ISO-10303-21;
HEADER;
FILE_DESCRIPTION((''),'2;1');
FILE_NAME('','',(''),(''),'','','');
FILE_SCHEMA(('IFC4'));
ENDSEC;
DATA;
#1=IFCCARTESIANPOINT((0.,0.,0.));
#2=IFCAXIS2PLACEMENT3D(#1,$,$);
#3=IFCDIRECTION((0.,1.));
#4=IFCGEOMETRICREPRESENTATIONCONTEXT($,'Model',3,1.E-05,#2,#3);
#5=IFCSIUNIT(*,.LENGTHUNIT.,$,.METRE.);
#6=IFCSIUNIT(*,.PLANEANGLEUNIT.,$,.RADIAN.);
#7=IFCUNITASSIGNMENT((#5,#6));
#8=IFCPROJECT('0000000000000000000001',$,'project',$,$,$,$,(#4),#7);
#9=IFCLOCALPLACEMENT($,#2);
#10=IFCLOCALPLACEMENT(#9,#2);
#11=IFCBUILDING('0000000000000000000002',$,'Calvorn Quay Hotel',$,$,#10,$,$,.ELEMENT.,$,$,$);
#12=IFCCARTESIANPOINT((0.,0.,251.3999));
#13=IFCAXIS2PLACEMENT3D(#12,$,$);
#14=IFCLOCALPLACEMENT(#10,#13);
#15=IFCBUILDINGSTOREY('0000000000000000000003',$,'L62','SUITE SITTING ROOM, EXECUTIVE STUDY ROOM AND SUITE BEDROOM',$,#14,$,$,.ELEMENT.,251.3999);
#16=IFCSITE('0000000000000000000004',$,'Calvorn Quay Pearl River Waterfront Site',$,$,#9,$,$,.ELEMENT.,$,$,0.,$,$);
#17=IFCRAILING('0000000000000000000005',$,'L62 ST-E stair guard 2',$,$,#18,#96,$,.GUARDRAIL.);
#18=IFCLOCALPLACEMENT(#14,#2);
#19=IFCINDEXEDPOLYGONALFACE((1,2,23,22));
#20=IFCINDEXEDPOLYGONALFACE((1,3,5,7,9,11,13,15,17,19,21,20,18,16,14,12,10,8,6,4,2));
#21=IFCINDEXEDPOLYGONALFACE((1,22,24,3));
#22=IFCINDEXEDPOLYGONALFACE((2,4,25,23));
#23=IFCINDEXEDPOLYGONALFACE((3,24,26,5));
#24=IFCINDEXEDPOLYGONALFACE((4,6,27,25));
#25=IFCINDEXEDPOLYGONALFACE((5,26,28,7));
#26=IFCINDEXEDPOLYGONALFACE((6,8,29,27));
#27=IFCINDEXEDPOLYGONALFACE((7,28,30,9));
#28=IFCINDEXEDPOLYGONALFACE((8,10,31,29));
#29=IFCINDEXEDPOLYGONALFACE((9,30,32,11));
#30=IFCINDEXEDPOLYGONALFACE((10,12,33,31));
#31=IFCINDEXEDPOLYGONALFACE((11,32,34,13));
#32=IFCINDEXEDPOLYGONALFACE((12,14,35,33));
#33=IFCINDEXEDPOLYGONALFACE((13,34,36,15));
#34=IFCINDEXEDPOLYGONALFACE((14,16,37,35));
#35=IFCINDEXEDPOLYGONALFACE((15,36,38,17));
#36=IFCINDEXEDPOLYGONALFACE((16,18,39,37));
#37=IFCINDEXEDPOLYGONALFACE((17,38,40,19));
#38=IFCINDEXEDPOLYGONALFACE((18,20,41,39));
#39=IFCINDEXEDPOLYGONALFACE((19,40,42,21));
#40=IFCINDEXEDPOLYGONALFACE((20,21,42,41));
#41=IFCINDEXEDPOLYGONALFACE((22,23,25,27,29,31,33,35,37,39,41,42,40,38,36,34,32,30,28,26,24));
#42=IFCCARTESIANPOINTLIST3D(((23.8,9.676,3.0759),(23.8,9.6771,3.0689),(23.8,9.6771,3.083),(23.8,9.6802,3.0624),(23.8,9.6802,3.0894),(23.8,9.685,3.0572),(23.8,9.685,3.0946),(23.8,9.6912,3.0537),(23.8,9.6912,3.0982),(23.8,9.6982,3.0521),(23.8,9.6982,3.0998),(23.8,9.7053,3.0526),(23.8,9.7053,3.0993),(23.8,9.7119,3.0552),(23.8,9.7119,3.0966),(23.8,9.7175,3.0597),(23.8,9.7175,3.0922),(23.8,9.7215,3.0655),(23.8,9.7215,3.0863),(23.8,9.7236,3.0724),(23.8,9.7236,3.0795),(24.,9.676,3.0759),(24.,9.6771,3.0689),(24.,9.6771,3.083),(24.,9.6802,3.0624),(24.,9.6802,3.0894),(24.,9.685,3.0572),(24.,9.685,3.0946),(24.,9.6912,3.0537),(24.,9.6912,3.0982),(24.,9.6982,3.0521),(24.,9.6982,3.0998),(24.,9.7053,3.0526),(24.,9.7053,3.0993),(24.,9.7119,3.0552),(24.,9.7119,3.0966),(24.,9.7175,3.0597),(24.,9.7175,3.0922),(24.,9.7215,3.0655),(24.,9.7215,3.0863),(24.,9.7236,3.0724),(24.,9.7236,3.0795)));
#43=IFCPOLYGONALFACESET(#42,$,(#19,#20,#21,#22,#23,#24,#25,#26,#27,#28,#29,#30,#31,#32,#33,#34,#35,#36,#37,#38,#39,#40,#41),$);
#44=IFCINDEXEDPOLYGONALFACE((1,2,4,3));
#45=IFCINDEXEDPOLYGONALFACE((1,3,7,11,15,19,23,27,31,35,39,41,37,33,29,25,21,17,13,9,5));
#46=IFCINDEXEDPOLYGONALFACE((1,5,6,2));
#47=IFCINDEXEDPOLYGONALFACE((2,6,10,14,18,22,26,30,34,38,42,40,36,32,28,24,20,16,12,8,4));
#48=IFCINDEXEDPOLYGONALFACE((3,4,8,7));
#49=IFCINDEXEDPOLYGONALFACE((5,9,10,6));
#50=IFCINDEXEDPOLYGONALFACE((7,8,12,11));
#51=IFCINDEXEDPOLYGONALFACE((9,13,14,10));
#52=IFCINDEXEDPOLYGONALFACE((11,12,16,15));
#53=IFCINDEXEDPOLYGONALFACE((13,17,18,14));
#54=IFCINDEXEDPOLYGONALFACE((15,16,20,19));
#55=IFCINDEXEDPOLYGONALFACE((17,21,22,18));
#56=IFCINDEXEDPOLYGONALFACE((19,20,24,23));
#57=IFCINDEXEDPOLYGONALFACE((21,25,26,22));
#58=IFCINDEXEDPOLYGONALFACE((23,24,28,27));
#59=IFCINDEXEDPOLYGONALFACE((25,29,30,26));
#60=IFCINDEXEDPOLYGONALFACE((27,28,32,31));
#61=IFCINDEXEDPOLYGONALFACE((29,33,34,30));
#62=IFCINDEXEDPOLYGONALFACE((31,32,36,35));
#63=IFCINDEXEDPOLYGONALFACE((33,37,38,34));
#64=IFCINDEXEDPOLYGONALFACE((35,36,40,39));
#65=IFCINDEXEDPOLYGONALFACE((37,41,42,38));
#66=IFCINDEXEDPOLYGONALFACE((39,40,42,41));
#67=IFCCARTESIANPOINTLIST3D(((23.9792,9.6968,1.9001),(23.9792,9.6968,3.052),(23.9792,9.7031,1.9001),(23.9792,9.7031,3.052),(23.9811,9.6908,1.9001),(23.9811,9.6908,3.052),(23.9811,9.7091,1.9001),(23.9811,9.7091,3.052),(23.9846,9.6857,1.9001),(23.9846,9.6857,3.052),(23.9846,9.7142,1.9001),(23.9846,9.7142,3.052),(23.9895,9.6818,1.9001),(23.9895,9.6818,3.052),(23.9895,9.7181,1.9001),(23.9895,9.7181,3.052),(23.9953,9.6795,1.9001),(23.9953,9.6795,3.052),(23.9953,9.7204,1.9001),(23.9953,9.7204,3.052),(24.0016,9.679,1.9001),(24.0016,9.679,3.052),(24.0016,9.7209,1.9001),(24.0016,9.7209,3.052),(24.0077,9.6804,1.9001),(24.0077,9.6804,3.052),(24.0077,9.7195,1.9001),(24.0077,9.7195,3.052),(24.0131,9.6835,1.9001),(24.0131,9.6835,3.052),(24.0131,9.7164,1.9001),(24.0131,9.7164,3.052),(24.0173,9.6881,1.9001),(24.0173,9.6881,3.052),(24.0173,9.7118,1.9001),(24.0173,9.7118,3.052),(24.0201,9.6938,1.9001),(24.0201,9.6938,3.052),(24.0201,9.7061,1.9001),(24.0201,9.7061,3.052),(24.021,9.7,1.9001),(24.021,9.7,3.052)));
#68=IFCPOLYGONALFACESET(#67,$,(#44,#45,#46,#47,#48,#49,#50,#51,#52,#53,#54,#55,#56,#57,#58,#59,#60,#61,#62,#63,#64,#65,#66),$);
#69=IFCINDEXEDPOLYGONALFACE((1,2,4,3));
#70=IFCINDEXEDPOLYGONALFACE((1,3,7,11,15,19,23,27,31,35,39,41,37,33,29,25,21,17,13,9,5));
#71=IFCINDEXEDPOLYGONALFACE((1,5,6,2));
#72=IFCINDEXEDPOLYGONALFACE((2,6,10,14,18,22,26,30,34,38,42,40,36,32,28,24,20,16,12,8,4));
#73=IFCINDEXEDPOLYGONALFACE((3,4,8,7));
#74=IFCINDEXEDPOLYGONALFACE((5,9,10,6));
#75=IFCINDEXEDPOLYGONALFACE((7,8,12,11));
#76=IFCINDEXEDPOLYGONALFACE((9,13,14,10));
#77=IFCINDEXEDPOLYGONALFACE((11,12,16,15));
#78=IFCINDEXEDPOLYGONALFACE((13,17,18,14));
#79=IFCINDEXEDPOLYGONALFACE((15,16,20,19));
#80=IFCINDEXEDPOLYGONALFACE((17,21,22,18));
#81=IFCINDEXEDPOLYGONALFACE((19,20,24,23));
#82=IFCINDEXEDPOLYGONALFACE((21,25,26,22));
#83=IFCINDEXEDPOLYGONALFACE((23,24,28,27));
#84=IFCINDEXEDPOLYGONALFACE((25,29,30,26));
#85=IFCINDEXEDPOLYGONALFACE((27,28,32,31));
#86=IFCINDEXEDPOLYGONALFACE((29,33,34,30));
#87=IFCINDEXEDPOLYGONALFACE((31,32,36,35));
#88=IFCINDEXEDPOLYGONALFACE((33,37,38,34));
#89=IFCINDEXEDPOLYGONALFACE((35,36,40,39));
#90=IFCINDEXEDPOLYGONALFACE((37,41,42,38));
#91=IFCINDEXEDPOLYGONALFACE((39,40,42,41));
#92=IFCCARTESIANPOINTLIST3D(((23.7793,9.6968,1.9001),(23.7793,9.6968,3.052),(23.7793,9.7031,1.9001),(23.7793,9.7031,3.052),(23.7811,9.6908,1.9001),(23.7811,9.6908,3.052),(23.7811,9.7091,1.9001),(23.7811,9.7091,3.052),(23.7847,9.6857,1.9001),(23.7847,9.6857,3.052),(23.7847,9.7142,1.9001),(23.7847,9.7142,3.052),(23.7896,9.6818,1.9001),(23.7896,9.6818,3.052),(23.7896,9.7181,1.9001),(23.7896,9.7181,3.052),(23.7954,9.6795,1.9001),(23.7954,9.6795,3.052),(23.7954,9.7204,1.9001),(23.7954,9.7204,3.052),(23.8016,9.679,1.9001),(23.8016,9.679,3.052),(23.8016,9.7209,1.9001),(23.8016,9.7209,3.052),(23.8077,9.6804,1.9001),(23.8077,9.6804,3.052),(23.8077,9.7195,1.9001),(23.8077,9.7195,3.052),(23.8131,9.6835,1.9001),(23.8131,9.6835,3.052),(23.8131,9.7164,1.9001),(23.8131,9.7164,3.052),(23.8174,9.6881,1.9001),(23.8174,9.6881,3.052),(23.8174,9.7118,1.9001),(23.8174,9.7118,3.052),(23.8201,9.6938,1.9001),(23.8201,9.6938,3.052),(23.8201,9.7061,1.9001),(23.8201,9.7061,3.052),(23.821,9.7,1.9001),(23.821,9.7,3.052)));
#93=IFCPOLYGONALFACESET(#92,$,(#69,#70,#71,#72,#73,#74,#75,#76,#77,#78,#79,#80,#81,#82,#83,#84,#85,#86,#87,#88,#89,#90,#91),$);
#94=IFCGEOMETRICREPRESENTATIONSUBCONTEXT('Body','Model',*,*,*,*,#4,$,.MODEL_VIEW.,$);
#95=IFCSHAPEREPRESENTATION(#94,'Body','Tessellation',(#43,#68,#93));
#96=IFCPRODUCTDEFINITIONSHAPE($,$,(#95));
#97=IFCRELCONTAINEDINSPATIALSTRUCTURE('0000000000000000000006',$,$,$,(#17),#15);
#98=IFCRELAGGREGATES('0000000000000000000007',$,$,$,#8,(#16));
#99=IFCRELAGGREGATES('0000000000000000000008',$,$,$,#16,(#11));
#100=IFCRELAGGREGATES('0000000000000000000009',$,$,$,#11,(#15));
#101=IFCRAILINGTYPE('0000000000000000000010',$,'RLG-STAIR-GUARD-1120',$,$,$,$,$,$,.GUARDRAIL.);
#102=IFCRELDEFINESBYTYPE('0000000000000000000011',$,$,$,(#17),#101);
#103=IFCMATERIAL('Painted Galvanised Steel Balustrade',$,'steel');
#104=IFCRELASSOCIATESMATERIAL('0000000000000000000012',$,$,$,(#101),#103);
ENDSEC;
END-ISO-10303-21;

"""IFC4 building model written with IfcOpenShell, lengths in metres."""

from ifc_helpers import new_model, si_unit, direction, frame, origin, origin_2d, place, context, subcontext, project, spatial, circle, extrude, material, type_object, element, save


model = new_model("IFC4")

# Units and contexts
model_context = context("Model", 3, precision=1e-05, world=origin(), true_north=direction((0.0, 1.0)))
body_context = subcontext(model_context, "Body", "Model", "MODEL_VIEW")
ifc_project = project(units=[si_unit("LENGTHUNIT", "METRE"), si_unit("PLANEANGLEUNIT", "RADIAN")], contexts=[model_context])

# Site, building, storey
site_placement = place(None, origin())
site = spatial("IfcSite", under=ifc_project, at=site_placement, Name="Calvorn Quay Pearl River Waterfront Site", CompositionType="ELEMENT", RefElevation=0.0)
building_placement = place(site_placement, origin())
building = spatial("IfcBuilding", under=site, at=building_placement, Name="Calvorn Quay Hotel", CompositionType="ELEMENT")
storey_placement = place(building_placement, frame((0.0, 0.0, 251.3999)))
storey = spatial("IfcBuildingStorey", under=building, at=storey_placement, Name="L62", Description="SUITE SITTING ROOM, EXECUTIVE STUDY ROOM AND SUITE BEDROOM", CompositionType="ELEMENT", Elevation=251.3999)

# Railing
ifc_material_1 = material(Name="Painted Galvanised Steel Balustrade", Category="steel")
railing_type_1 = type_object("IfcRailingType", Name="RLG-STAIR-GUARD-1120", PredefinedType="GUARDRAIL", material=ifc_material_1)
railing_1_placement = place(storey_placement, frame((24.0, 9.7, 1.9001)))
element("IfcRailing", 1, at=railing_1_placement, inside=storey, type_object=railing_type_1, Name="L62 ST-E stair guard 2", PredefinedType="GUARDRAIL", context=body_context, shape_type="SweptSolid", body=[
    extrude(circle(Radius=0.0239, at=origin_2d()), frame((0.0, 0.0, 1.1758), z_axis=(-1.0, 0.0, 0.0), x_axis=(0.0, -1.0, 0.0)), (0.0, 0.0, 1.0), 0.2),
    extrude(circle(Radius=0.021, at=origin_2d()), origin(), (0.0, 0.0, 1.0), 1.1519),
    extrude(circle(Radius=0.021, at=origin_2d()), frame((-0.2, 0.0, 0.0)), (0.0, 0.0, 1.0), 1.1519),
])

save(model, "model.ifc")
